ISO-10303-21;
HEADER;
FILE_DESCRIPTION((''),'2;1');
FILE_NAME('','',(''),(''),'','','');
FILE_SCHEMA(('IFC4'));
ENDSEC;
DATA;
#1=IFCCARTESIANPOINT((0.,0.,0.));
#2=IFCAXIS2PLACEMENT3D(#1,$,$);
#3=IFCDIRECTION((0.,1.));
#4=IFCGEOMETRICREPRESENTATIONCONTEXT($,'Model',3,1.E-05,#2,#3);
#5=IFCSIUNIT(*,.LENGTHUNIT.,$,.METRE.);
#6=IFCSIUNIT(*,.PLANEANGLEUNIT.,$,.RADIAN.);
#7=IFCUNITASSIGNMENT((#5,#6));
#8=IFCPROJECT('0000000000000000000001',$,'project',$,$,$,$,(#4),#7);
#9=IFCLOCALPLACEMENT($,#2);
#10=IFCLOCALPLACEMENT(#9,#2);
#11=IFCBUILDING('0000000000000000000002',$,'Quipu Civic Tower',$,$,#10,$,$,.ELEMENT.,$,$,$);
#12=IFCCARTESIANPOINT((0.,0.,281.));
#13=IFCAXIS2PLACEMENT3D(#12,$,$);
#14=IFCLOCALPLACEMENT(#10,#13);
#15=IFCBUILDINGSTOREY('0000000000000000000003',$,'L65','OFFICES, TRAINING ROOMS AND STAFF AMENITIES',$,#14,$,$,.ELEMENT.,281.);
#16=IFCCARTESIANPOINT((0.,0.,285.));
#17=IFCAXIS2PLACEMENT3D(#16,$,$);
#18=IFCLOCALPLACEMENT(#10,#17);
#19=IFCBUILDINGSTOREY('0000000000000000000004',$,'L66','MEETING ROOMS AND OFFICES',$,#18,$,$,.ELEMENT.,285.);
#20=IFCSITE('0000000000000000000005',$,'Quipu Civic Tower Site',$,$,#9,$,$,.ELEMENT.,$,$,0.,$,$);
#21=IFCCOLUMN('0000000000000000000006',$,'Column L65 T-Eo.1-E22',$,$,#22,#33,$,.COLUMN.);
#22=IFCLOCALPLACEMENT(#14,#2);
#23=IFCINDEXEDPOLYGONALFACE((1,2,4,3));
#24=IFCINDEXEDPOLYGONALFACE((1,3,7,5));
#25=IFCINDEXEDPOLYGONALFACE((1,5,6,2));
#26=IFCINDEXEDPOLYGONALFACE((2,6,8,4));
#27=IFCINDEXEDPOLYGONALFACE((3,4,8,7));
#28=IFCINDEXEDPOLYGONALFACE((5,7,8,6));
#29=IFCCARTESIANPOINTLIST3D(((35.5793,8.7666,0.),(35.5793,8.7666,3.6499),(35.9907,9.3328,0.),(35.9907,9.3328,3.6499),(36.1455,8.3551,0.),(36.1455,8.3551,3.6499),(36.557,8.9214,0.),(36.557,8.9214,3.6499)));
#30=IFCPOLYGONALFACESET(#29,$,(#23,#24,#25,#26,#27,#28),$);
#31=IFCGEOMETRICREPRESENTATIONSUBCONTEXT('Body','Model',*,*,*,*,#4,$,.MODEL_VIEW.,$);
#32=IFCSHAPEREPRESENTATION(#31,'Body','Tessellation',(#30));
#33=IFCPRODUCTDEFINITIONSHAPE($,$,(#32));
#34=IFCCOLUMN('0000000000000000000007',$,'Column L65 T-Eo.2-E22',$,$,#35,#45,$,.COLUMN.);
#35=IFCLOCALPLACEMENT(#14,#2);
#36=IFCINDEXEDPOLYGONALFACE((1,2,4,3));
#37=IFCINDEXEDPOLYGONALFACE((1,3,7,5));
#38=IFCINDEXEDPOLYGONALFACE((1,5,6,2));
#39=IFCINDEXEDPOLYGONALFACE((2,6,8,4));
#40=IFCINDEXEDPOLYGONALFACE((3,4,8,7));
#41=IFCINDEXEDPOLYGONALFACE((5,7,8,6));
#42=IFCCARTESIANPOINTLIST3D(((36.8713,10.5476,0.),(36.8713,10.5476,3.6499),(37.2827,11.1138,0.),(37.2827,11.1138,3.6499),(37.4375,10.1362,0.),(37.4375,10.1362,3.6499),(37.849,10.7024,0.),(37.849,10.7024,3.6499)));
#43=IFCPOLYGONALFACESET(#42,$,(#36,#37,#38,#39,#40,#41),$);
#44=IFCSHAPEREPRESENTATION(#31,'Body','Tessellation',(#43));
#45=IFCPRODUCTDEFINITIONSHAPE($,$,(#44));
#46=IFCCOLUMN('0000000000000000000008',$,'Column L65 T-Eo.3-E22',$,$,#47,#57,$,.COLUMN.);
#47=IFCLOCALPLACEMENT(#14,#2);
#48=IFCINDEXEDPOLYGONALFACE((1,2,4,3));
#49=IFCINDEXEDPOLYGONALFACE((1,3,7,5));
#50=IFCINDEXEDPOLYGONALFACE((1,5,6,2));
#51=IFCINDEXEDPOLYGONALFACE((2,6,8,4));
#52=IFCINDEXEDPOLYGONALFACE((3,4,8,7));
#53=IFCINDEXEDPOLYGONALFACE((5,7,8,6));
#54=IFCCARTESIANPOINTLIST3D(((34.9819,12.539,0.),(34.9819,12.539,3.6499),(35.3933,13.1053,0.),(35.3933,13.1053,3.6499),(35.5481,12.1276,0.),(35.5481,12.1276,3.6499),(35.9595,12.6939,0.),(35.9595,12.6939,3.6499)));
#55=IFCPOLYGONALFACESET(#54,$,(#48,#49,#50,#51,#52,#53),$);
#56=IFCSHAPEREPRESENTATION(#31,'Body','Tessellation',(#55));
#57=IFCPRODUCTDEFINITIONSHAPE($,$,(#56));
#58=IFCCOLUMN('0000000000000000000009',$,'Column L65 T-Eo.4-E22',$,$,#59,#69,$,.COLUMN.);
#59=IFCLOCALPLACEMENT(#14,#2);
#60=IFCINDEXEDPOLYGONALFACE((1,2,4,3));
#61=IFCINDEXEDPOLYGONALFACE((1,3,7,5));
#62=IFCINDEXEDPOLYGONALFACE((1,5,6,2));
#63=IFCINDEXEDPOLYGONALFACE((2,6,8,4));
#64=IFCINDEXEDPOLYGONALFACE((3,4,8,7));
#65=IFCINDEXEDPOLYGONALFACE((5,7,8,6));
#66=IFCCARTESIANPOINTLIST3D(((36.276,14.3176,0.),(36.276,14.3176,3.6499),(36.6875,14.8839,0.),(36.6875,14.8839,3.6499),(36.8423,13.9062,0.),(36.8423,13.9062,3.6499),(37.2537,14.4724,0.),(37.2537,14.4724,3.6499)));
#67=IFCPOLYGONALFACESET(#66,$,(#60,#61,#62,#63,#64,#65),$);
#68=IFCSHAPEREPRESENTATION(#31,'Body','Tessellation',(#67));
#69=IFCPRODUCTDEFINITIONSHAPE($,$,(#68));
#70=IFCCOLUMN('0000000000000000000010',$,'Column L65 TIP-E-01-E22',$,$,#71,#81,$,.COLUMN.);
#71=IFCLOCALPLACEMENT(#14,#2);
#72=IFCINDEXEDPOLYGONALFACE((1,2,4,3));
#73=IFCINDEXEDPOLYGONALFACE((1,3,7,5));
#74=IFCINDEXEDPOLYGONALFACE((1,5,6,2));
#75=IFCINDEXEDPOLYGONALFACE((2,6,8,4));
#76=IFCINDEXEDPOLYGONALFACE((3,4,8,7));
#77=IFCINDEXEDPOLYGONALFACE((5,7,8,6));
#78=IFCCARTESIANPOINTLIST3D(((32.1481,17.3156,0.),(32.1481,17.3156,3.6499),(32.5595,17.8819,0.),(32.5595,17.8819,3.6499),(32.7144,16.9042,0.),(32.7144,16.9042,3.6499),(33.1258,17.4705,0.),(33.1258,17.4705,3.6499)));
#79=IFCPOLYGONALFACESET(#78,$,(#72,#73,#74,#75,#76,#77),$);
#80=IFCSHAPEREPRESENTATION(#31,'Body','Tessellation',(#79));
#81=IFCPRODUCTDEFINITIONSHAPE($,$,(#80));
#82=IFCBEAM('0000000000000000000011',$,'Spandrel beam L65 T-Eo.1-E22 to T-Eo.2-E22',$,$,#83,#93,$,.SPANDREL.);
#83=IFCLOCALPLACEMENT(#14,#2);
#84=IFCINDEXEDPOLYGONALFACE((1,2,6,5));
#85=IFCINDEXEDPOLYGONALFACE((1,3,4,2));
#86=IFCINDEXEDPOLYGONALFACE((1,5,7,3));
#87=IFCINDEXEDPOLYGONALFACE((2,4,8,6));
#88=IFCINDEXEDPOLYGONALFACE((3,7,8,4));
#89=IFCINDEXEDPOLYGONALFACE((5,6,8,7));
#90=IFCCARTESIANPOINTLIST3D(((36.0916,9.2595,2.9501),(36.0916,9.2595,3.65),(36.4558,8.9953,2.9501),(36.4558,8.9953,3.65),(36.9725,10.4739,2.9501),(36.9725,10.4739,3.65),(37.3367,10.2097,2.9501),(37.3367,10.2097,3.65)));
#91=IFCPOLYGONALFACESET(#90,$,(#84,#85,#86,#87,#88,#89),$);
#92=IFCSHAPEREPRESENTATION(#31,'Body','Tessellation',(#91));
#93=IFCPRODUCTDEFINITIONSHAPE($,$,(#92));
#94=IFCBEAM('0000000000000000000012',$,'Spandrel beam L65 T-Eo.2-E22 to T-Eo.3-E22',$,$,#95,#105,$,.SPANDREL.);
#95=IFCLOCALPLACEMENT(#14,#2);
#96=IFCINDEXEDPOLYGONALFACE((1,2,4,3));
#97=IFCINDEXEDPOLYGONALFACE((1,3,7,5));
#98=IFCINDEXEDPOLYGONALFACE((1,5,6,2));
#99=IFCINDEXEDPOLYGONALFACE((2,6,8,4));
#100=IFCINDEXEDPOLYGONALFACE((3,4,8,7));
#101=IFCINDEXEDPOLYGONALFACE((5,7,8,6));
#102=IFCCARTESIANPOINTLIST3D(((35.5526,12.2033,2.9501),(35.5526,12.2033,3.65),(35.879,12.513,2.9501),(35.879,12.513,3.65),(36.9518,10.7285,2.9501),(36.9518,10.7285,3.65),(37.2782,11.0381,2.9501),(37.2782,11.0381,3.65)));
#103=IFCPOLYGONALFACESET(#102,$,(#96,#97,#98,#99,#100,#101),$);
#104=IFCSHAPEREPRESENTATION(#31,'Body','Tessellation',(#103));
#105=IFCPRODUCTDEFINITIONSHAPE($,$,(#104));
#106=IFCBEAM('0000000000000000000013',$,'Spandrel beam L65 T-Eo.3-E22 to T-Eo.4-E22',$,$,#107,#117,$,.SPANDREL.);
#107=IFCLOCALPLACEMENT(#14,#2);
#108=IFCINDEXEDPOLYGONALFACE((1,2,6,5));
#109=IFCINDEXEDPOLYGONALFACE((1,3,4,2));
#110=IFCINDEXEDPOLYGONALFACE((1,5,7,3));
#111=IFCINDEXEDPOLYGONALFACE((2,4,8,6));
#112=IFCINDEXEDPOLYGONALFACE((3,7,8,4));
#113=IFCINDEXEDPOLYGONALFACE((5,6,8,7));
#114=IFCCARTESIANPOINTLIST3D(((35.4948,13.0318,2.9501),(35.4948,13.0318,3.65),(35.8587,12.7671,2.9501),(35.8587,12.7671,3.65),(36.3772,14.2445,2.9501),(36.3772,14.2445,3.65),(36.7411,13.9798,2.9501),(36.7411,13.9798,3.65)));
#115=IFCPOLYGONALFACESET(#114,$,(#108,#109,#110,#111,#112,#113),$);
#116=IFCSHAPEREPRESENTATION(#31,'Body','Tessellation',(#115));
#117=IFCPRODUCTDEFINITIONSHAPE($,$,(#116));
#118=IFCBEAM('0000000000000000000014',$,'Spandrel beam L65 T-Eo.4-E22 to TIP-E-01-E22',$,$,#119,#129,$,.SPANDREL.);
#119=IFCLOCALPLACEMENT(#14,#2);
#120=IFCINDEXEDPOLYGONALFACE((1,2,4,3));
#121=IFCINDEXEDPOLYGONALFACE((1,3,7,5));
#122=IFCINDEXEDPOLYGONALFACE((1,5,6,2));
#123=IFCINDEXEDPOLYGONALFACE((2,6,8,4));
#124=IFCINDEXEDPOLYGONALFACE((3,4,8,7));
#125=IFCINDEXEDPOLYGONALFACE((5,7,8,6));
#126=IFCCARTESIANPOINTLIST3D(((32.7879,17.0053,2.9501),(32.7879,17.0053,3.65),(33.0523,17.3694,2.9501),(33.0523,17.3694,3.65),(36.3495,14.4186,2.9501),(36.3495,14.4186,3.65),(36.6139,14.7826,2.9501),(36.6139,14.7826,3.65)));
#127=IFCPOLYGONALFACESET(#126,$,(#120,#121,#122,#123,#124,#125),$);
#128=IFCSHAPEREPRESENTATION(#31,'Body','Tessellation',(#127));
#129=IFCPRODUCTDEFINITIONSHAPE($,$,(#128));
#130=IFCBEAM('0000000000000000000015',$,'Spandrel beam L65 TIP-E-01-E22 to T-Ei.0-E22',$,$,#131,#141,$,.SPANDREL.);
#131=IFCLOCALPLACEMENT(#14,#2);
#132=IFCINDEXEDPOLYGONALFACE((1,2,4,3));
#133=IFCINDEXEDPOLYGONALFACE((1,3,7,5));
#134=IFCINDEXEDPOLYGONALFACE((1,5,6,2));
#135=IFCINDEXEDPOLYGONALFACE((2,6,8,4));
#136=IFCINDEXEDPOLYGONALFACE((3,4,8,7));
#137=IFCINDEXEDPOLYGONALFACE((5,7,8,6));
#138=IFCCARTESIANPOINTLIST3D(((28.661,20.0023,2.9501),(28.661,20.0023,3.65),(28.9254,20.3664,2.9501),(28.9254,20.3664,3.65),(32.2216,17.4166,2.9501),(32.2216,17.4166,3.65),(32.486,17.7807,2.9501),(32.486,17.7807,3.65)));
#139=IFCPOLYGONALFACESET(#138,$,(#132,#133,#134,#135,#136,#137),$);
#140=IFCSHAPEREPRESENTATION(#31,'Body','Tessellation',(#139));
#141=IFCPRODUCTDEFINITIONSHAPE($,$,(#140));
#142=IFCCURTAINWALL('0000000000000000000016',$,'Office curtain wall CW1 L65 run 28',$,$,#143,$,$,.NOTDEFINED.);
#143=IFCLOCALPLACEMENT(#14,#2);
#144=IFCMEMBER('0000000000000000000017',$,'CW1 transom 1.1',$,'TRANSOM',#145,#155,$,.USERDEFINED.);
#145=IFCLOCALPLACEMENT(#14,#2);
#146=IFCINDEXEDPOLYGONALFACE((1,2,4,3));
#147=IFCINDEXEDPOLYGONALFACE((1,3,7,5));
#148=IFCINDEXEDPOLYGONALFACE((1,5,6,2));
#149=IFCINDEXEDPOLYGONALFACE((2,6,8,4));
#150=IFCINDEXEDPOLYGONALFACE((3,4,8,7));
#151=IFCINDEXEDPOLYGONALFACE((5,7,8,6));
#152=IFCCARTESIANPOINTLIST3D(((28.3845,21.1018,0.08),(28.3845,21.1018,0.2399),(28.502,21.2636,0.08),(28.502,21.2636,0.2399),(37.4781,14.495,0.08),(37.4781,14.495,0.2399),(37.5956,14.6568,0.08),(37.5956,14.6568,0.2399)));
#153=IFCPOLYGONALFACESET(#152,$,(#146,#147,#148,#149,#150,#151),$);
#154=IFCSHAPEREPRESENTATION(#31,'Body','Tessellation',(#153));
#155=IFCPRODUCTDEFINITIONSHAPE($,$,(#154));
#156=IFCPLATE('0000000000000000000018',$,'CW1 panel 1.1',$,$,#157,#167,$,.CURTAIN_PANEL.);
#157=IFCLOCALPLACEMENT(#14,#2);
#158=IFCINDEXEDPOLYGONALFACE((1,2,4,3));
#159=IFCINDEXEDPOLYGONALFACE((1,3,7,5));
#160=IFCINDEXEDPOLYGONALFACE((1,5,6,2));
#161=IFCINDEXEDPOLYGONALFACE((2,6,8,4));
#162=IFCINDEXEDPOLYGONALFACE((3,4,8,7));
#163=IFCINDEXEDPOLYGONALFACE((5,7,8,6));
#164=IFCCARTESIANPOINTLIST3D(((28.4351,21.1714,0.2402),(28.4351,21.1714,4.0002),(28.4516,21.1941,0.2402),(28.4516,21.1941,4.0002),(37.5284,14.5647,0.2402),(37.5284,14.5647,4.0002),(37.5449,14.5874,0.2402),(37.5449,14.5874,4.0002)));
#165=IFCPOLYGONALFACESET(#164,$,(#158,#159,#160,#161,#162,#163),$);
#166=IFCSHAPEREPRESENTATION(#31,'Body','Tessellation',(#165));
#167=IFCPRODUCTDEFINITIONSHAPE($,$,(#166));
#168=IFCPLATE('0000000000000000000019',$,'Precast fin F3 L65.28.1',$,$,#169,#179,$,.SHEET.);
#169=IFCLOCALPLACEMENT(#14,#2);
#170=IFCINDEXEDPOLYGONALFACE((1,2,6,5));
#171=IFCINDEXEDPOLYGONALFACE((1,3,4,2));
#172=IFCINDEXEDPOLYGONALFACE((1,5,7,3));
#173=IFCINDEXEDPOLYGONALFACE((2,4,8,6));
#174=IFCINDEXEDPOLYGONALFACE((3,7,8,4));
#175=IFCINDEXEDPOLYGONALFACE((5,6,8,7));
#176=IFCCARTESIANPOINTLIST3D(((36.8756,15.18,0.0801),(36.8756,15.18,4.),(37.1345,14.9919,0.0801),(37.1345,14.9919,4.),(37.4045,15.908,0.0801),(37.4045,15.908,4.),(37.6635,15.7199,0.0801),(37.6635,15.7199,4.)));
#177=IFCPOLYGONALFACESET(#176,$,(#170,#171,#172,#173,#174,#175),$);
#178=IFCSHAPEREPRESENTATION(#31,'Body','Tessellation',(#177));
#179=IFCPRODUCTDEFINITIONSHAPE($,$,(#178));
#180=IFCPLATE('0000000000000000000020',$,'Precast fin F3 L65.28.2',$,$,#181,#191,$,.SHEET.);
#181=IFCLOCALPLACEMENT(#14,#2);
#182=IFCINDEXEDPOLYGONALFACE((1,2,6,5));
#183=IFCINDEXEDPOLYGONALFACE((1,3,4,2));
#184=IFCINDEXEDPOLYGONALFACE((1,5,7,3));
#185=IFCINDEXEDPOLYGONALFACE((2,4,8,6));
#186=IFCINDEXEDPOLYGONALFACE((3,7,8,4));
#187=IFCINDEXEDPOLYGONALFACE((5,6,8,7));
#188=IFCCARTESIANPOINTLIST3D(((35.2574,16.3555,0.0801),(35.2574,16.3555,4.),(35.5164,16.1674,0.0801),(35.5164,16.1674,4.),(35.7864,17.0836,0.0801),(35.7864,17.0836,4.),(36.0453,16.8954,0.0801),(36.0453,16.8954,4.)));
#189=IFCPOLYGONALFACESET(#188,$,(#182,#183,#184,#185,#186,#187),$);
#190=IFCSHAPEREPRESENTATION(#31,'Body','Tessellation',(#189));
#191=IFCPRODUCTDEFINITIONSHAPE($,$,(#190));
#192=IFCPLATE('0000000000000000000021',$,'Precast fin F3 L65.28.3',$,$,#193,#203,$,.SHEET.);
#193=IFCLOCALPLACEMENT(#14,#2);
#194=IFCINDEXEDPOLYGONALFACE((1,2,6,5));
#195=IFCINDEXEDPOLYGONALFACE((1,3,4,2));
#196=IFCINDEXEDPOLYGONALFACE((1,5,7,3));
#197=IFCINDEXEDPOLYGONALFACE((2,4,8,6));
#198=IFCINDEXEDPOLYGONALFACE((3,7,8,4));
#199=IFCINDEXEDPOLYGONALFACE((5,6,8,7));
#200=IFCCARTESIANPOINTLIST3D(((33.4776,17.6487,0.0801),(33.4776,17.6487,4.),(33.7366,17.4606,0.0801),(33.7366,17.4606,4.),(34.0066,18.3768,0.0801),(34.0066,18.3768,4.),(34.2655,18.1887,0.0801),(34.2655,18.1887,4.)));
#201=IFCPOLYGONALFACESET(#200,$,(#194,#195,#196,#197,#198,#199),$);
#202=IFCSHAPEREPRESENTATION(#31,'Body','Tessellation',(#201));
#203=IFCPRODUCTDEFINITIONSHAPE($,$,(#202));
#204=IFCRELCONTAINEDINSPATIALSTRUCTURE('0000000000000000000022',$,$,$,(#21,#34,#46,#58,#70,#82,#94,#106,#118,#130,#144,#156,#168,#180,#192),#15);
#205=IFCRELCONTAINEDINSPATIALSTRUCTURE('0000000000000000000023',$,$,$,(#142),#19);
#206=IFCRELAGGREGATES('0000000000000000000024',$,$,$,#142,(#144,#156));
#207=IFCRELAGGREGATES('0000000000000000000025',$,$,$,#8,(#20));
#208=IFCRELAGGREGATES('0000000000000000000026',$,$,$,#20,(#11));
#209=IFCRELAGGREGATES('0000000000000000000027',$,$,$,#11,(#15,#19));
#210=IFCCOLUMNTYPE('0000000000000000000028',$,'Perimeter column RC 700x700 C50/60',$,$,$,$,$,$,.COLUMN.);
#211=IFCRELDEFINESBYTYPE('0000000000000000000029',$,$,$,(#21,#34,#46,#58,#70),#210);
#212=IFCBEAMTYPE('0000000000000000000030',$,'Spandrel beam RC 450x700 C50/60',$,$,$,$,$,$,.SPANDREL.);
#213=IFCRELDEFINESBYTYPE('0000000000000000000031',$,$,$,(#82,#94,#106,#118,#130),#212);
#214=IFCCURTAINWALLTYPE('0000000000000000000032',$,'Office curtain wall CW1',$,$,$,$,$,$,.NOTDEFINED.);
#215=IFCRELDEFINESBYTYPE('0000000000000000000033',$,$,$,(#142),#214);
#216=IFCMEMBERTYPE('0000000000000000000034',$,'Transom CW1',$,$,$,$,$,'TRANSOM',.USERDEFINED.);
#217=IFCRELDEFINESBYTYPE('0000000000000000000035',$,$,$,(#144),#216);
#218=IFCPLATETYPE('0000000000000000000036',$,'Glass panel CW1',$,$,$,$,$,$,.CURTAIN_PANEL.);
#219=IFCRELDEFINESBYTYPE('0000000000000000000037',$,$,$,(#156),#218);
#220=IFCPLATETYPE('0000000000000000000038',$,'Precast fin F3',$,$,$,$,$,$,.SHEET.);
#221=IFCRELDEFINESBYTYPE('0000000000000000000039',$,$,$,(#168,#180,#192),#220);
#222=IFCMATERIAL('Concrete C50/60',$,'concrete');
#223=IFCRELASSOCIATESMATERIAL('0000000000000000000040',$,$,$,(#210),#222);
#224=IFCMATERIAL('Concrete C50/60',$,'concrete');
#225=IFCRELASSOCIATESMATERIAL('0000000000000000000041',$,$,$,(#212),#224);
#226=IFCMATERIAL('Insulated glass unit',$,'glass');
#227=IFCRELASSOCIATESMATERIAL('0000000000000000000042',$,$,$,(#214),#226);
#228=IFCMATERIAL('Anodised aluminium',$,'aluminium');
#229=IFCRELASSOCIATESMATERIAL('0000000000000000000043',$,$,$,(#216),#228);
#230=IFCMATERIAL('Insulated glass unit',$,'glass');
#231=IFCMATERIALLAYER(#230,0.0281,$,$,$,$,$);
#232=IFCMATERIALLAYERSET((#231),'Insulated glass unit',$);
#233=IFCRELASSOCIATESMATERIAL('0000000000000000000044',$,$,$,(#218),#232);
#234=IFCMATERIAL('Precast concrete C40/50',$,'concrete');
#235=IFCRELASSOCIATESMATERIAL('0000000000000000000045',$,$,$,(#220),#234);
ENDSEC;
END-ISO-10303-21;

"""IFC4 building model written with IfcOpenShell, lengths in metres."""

from ifc_helpers import new_model, si_unit, direction, frame, origin, origin_2d, place, context, subcontext, project, spatial, rectangle, extrude, material, layer, layer_set, material_profile, profile_set, type_object, element, aggregate, save


model = new_model("IFC4")

# Units and contexts
model_context = context("Model", 3, precision=1e-05, world=origin(), true_north=direction((0.0, 1.0)))
body_context = subcontext(model_context, "Body", "Model", "MODEL_VIEW")
ifc_project = project(units=[si_unit("LENGTHUNIT", "METRE"), si_unit("PLANEANGLEUNIT", "RADIAN")], contexts=[model_context])

# Site, building, storey
site_placement = place(None, origin())
site = spatial("IfcSite", under=ifc_project, at=site_placement, Name="Quipu Civic Tower Site", CompositionType="ELEMENT", RefElevation=0.0)
building_placement = place(site_placement, origin())
building = spatial("IfcBuilding", under=site, at=building_placement, Name="Quipu Civic Tower", CompositionType="ELEMENT")
storey_1_placement = place(building_placement, frame((0.0, 0.0, 281.0)))
storey_1 = spatial("IfcBuildingStorey", under=building, at=storey_1_placement, Name="L65", Description="OFFICES, TRAINING ROOMS AND STAFF AMENITIES", CompositionType="ELEMENT", Elevation=281.0)

# Columns
ifc_material_1 = material(Name="Concrete C50/60", Category="concrete")
ifc_material_profile_1 = material_profile(ifc_material_1, rectangle(XDim=0.7, YDim=0.7, at=origin_2d()), Name="RC700x700")
ifc_profile_set_1 = profile_set([ifc_material_profile_1], Name="Concrete C50/60")
column_type = type_object("IfcColumnType", Name="Perimeter column RC 700x700 C50/60", PredefinedType="COLUMN", material=ifc_profile_set_1)
for number, where, z_axis, x_axis, name in (
    (1, (36.0681, 8.844, 0.0), (0.0, 0.0, 1.0), (0.587785, 0.809017, 0.0), "Column L65 T-Eo.1-E22"),
    (2, (37.3601, 10.625, 0.0), (0.0, 0.0, 1.0), (0.587785, 0.809017, 0.0), "Column L65 T-Eo.2-E22"),
    (3, (35.4707, 12.6165, 0.0), (0.0, 0.0, 1.0), (-0.809017, 0.587785, 0.0), "Column L65 T-Eo.3-E22"),
    (4, (36.7649, 14.395, 0.0), (0.0, 0.0, 1.0), (-0.809017, 0.587785, 0.0), "Column L65 T-Eo.4-E22"),
    (5, (32.637, 17.3931, 0.0), (0.0, 0.0, 1.0), (-0.809017, 0.587785, 0.0), "Column L65 TIP-E-01-E22"),
):
    element("IfcColumn", number, at=place(storey_1_placement, frame(where, z_axis=z_axis, x_axis=x_axis)), inside=storey_1, type_object=column_type, Name=name, PredefinedType="COLUMN", context=body_context, shape_type="SweptSolid", body=[
        extrude(rectangle(XDim=0.7, YDim=0.7, at=origin_2d()), origin(), (0.0, 0.0, 1.0), 3.6499),
    ])

# Beams
ifc_material_2 = material(Name="Concrete C50/60", Category="concrete")
ifc_material_profile_2 = material_profile(ifc_material_2, rectangle(XDim=0.45, YDim=0.7, at=origin_2d()), Name="RC450x700")
ifc_profile_set_2 = profile_set([ifc_material_profile_2], Name="Concrete C50/60")
beam_type = type_object("IfcBeamType", Name="Spandrel beam RC 450x700 C50/60", PredefinedType="SPANDREL", material=ifc_profile_set_2)
beam_1_placement = place(storey_1_placement, frame((36.2737, 9.1274, 3.3), z_axis=(0.587165, 0.809467, 0.0), x_axis=(-0.809467, 0.587165, 0.0)))
element("IfcBeam", 6, at=beam_1_placement, inside=storey_1, type_object=beam_type, Name="Spandrel beam L65 T-Eo.1-E22 to T-Eo.2-E22", PredefinedType="SPANDREL", context=body_context, shape_type="SweptSolid", body=[
    extrude(rectangle(XDim=0.45, YDim=0.7, at=origin_2d()), origin(), (0.0, 0.0, 1.0), 1.5002),
])
beam_2_placement = place(storey_1_placement, frame((37.115, 10.8833, 3.3), z_axis=(-0.688247, 0.725476, 0.0), x_axis=(-0.725476, -0.688247, 0.0)))
element("IfcBeam", 7, at=beam_2_placement, inside=storey_1, type_object=beam_type, Name="Spandrel beam L65 T-Eo.2-E22 to T-Eo.3-E22", PredefinedType="SPANDREL", context=body_context, shape_type="SweptSolid", body=[
    extrude(rectangle(XDim=0.45, YDim=0.7, at=origin_2d()), origin(), (0.0, 0.0, 1.0), 2.033),
])
beam_3_placement = place(storey_1_placement, frame((35.6768, 12.8994, 3.3), z_axis=(0.588346, 0.808609, 0.0), x_axis=(-0.808609, 0.588346, 0.0)))
element("IfcBeam", 8, at=beam_3_placement, inside=storey_1, type_object=beam_type, Name="Spandrel beam L65 T-Eo.3-E22 to T-Eo.4-E22", PredefinedType="SPANDREL", context=body_context, shape_type="SweptSolid", body=[
    extrude(rectangle(XDim=0.45, YDim=0.7, at=origin_2d()), origin(), (0.0, 0.0, 1.0), 1.4998),
])
beam_4_placement = place(storey_1_placement, frame((36.4817, 14.6006, 3.3), z_axis=(-0.809117, 0.587647, 0.0), x_axis=(-0.587647, -0.809117, 0.0)))
element("IfcBeam", 9, at=beam_4_placement, inside=storey_1, type_object=beam_type, Name="Spandrel beam L65 T-Eo.4-E22 to TIP-E-01-E22", PredefinedType="SPANDREL", context=body_context, shape_type="SweptSolid", body=[
    extrude(rectangle(XDim=0.45, YDim=0.7, at=origin_2d()), origin(), (0.0, 0.0, 1.0), 4.4019),
])
beam_5_placement = place(storey_1_placement, frame((32.3538, 17.5986, 3.3), z_axis=(-0.809146, 0.587607, 0.0), x_axis=(-0.587607, -0.809146, 0.0)))
element("IfcBeam", 10, at=beam_5_placement, inside=storey_1, type_object=beam_type, Name="Spandrel beam L65 TIP-E-01-E22 to T-Ei.0-E22", PredefinedType="SPANDREL", context=body_context, shape_type="SweptSolid", body=[
    extrude(rectangle(XDim=0.45, YDim=0.7, at=origin_2d()), origin(), (0.0, 0.0, 1.0), 4.4004),
])

# Shared definitions
storey_2_placement = place(building_placement, frame((0.0, 0.0, 285.0)))
storey_2 = spatial("IfcBuildingStorey", under=building, at=storey_2_placement, Name="L66", Description="MEETING ROOMS AND OFFICES", CompositionType="ELEMENT", Elevation=285.0)

# Curtain wall, member, plate
ifc_material_3 = material(Name="Insulated glass unit", Category="glass")
curtain_wall_type = type_object("IfcCurtainWallType", Name="Office curtain wall CW1", PredefinedType="NOTDEFINED", material=ifc_material_3)
curtain_wall_placement = place(storey_2_placement, origin())
curtain_wall = element("IfcCurtainWall", 11, at=curtain_wall_placement, inside=storey_2, type_object=curtain_wall_type, Name="Office curtain wall CW1 L65 run 28", PredefinedType="NOTDEFINED")
ifc_material_4 = material(Name="Anodised aluminium", Category="aluminium")
ifc_material_profile_3 = material_profile(ifc_material_4, rectangle(XDim=0.2, YDim=0.1599, at=origin_2d()), Name="RECT 200x160")
ifc_profile_set_3 = profile_set([ifc_material_profile_3], Name="Anodised aluminium")
member_type = type_object("IfcMemberType", Name="Transom CW1", ElementType="TRANSOM", PredefinedType="USERDEFINED", material=ifc_profile_set_3)
member_placement = place(storey_1_placement, frame((37.5369, 14.5759, 0.1599), z_axis=(-0.809022, 0.587778, 0.0), x_axis=(-0.587778, -0.809022, 0.0)))
member = element("IfcMember", 12, at=member_placement, inside=storey_1, type_object=member_type, Name="CW1 transom 1.1", ObjectType="TRANSOM", PredefinedType="USERDEFINED", context=body_context, shape_type="SweptSolid", body=[
    extrude(rectangle(XDim=0.2, YDim=0.1599, at=origin_2d()), origin(), (0.0, 0.0, 1.0), 11.2402),
])
ifc_material_5 = material(Name="Insulated glass unit", Category="glass")
ifc_layer = layer(ifc_material_5, 0.0281)
ifc_layer_set = layer_set([ifc_layer], Name="Insulated glass unit")
plate_type_1 = type_object("IfcPlateType", Name="Glass panel CW1", PredefinedType="CURTAIN_PANEL", material=ifc_layer_set)
plate_placement = place(storey_1_placement, frame((32.99, 17.8794, 0.2402), z_axis=(0.0, 0.0, 1.0), x_axis=(-0.809015, 0.587788, 0.0)))
plate = element("IfcPlate", 13, at=plate_placement, inside=storey_1, type_object=plate_type_1, Name="CW1 panel 1.1", PredefinedType="CURTAIN_PANEL", context=body_context, shape_type="SweptSolid", body=[
    extrude(rectangle(XDim=11.24, YDim=0.0281, at=origin_2d()), origin(), (0.0, 0.0, 1.0), 3.76),
])
aggregate(curtain_wall, [member, plate])

# Plates
ifc_material_6 = material(Name="Precast concrete C40/50", Category="concrete")
plate_type_2 = type_object("IfcPlateType", Name="Precast fin F3", PredefinedType="SHEET", material=ifc_material_6)
for number, where, z_axis, x_axis, name in (
    (14, (37.2695, 15.45, 0.0801), (0.0, 0.0, 1.0), (-0.809017, 0.587785, 0.0), "Precast fin F3 L65.28.1"),
    (15, (35.6514, 16.6255, 0.0801), (0.0, 0.0, 1.0), (-0.809017, 0.587785, 0.0), "Precast fin F3 L65.28.2"),
    (16, (33.8716, 17.9187, 0.0801), (0.0, 0.0, 1.0), (-0.809017, 0.587785, 0.0), "Precast fin F3 L65.28.3"),
):
    element("IfcPlate", number, at=place(storey_1_placement, frame(where, z_axis=z_axis, x_axis=x_axis)), inside=storey_1, type_object=plate_type_2, Name=name, PredefinedType="SHEET", context=body_context, shape_type="SweptSolid", body=[
        extrude(rectangle(XDim=0.3201, YDim=0.8999, at=origin_2d()), origin(), (0.0, 0.0, 1.0), 3.9199),
    ])

save(model, "model.ifc")
